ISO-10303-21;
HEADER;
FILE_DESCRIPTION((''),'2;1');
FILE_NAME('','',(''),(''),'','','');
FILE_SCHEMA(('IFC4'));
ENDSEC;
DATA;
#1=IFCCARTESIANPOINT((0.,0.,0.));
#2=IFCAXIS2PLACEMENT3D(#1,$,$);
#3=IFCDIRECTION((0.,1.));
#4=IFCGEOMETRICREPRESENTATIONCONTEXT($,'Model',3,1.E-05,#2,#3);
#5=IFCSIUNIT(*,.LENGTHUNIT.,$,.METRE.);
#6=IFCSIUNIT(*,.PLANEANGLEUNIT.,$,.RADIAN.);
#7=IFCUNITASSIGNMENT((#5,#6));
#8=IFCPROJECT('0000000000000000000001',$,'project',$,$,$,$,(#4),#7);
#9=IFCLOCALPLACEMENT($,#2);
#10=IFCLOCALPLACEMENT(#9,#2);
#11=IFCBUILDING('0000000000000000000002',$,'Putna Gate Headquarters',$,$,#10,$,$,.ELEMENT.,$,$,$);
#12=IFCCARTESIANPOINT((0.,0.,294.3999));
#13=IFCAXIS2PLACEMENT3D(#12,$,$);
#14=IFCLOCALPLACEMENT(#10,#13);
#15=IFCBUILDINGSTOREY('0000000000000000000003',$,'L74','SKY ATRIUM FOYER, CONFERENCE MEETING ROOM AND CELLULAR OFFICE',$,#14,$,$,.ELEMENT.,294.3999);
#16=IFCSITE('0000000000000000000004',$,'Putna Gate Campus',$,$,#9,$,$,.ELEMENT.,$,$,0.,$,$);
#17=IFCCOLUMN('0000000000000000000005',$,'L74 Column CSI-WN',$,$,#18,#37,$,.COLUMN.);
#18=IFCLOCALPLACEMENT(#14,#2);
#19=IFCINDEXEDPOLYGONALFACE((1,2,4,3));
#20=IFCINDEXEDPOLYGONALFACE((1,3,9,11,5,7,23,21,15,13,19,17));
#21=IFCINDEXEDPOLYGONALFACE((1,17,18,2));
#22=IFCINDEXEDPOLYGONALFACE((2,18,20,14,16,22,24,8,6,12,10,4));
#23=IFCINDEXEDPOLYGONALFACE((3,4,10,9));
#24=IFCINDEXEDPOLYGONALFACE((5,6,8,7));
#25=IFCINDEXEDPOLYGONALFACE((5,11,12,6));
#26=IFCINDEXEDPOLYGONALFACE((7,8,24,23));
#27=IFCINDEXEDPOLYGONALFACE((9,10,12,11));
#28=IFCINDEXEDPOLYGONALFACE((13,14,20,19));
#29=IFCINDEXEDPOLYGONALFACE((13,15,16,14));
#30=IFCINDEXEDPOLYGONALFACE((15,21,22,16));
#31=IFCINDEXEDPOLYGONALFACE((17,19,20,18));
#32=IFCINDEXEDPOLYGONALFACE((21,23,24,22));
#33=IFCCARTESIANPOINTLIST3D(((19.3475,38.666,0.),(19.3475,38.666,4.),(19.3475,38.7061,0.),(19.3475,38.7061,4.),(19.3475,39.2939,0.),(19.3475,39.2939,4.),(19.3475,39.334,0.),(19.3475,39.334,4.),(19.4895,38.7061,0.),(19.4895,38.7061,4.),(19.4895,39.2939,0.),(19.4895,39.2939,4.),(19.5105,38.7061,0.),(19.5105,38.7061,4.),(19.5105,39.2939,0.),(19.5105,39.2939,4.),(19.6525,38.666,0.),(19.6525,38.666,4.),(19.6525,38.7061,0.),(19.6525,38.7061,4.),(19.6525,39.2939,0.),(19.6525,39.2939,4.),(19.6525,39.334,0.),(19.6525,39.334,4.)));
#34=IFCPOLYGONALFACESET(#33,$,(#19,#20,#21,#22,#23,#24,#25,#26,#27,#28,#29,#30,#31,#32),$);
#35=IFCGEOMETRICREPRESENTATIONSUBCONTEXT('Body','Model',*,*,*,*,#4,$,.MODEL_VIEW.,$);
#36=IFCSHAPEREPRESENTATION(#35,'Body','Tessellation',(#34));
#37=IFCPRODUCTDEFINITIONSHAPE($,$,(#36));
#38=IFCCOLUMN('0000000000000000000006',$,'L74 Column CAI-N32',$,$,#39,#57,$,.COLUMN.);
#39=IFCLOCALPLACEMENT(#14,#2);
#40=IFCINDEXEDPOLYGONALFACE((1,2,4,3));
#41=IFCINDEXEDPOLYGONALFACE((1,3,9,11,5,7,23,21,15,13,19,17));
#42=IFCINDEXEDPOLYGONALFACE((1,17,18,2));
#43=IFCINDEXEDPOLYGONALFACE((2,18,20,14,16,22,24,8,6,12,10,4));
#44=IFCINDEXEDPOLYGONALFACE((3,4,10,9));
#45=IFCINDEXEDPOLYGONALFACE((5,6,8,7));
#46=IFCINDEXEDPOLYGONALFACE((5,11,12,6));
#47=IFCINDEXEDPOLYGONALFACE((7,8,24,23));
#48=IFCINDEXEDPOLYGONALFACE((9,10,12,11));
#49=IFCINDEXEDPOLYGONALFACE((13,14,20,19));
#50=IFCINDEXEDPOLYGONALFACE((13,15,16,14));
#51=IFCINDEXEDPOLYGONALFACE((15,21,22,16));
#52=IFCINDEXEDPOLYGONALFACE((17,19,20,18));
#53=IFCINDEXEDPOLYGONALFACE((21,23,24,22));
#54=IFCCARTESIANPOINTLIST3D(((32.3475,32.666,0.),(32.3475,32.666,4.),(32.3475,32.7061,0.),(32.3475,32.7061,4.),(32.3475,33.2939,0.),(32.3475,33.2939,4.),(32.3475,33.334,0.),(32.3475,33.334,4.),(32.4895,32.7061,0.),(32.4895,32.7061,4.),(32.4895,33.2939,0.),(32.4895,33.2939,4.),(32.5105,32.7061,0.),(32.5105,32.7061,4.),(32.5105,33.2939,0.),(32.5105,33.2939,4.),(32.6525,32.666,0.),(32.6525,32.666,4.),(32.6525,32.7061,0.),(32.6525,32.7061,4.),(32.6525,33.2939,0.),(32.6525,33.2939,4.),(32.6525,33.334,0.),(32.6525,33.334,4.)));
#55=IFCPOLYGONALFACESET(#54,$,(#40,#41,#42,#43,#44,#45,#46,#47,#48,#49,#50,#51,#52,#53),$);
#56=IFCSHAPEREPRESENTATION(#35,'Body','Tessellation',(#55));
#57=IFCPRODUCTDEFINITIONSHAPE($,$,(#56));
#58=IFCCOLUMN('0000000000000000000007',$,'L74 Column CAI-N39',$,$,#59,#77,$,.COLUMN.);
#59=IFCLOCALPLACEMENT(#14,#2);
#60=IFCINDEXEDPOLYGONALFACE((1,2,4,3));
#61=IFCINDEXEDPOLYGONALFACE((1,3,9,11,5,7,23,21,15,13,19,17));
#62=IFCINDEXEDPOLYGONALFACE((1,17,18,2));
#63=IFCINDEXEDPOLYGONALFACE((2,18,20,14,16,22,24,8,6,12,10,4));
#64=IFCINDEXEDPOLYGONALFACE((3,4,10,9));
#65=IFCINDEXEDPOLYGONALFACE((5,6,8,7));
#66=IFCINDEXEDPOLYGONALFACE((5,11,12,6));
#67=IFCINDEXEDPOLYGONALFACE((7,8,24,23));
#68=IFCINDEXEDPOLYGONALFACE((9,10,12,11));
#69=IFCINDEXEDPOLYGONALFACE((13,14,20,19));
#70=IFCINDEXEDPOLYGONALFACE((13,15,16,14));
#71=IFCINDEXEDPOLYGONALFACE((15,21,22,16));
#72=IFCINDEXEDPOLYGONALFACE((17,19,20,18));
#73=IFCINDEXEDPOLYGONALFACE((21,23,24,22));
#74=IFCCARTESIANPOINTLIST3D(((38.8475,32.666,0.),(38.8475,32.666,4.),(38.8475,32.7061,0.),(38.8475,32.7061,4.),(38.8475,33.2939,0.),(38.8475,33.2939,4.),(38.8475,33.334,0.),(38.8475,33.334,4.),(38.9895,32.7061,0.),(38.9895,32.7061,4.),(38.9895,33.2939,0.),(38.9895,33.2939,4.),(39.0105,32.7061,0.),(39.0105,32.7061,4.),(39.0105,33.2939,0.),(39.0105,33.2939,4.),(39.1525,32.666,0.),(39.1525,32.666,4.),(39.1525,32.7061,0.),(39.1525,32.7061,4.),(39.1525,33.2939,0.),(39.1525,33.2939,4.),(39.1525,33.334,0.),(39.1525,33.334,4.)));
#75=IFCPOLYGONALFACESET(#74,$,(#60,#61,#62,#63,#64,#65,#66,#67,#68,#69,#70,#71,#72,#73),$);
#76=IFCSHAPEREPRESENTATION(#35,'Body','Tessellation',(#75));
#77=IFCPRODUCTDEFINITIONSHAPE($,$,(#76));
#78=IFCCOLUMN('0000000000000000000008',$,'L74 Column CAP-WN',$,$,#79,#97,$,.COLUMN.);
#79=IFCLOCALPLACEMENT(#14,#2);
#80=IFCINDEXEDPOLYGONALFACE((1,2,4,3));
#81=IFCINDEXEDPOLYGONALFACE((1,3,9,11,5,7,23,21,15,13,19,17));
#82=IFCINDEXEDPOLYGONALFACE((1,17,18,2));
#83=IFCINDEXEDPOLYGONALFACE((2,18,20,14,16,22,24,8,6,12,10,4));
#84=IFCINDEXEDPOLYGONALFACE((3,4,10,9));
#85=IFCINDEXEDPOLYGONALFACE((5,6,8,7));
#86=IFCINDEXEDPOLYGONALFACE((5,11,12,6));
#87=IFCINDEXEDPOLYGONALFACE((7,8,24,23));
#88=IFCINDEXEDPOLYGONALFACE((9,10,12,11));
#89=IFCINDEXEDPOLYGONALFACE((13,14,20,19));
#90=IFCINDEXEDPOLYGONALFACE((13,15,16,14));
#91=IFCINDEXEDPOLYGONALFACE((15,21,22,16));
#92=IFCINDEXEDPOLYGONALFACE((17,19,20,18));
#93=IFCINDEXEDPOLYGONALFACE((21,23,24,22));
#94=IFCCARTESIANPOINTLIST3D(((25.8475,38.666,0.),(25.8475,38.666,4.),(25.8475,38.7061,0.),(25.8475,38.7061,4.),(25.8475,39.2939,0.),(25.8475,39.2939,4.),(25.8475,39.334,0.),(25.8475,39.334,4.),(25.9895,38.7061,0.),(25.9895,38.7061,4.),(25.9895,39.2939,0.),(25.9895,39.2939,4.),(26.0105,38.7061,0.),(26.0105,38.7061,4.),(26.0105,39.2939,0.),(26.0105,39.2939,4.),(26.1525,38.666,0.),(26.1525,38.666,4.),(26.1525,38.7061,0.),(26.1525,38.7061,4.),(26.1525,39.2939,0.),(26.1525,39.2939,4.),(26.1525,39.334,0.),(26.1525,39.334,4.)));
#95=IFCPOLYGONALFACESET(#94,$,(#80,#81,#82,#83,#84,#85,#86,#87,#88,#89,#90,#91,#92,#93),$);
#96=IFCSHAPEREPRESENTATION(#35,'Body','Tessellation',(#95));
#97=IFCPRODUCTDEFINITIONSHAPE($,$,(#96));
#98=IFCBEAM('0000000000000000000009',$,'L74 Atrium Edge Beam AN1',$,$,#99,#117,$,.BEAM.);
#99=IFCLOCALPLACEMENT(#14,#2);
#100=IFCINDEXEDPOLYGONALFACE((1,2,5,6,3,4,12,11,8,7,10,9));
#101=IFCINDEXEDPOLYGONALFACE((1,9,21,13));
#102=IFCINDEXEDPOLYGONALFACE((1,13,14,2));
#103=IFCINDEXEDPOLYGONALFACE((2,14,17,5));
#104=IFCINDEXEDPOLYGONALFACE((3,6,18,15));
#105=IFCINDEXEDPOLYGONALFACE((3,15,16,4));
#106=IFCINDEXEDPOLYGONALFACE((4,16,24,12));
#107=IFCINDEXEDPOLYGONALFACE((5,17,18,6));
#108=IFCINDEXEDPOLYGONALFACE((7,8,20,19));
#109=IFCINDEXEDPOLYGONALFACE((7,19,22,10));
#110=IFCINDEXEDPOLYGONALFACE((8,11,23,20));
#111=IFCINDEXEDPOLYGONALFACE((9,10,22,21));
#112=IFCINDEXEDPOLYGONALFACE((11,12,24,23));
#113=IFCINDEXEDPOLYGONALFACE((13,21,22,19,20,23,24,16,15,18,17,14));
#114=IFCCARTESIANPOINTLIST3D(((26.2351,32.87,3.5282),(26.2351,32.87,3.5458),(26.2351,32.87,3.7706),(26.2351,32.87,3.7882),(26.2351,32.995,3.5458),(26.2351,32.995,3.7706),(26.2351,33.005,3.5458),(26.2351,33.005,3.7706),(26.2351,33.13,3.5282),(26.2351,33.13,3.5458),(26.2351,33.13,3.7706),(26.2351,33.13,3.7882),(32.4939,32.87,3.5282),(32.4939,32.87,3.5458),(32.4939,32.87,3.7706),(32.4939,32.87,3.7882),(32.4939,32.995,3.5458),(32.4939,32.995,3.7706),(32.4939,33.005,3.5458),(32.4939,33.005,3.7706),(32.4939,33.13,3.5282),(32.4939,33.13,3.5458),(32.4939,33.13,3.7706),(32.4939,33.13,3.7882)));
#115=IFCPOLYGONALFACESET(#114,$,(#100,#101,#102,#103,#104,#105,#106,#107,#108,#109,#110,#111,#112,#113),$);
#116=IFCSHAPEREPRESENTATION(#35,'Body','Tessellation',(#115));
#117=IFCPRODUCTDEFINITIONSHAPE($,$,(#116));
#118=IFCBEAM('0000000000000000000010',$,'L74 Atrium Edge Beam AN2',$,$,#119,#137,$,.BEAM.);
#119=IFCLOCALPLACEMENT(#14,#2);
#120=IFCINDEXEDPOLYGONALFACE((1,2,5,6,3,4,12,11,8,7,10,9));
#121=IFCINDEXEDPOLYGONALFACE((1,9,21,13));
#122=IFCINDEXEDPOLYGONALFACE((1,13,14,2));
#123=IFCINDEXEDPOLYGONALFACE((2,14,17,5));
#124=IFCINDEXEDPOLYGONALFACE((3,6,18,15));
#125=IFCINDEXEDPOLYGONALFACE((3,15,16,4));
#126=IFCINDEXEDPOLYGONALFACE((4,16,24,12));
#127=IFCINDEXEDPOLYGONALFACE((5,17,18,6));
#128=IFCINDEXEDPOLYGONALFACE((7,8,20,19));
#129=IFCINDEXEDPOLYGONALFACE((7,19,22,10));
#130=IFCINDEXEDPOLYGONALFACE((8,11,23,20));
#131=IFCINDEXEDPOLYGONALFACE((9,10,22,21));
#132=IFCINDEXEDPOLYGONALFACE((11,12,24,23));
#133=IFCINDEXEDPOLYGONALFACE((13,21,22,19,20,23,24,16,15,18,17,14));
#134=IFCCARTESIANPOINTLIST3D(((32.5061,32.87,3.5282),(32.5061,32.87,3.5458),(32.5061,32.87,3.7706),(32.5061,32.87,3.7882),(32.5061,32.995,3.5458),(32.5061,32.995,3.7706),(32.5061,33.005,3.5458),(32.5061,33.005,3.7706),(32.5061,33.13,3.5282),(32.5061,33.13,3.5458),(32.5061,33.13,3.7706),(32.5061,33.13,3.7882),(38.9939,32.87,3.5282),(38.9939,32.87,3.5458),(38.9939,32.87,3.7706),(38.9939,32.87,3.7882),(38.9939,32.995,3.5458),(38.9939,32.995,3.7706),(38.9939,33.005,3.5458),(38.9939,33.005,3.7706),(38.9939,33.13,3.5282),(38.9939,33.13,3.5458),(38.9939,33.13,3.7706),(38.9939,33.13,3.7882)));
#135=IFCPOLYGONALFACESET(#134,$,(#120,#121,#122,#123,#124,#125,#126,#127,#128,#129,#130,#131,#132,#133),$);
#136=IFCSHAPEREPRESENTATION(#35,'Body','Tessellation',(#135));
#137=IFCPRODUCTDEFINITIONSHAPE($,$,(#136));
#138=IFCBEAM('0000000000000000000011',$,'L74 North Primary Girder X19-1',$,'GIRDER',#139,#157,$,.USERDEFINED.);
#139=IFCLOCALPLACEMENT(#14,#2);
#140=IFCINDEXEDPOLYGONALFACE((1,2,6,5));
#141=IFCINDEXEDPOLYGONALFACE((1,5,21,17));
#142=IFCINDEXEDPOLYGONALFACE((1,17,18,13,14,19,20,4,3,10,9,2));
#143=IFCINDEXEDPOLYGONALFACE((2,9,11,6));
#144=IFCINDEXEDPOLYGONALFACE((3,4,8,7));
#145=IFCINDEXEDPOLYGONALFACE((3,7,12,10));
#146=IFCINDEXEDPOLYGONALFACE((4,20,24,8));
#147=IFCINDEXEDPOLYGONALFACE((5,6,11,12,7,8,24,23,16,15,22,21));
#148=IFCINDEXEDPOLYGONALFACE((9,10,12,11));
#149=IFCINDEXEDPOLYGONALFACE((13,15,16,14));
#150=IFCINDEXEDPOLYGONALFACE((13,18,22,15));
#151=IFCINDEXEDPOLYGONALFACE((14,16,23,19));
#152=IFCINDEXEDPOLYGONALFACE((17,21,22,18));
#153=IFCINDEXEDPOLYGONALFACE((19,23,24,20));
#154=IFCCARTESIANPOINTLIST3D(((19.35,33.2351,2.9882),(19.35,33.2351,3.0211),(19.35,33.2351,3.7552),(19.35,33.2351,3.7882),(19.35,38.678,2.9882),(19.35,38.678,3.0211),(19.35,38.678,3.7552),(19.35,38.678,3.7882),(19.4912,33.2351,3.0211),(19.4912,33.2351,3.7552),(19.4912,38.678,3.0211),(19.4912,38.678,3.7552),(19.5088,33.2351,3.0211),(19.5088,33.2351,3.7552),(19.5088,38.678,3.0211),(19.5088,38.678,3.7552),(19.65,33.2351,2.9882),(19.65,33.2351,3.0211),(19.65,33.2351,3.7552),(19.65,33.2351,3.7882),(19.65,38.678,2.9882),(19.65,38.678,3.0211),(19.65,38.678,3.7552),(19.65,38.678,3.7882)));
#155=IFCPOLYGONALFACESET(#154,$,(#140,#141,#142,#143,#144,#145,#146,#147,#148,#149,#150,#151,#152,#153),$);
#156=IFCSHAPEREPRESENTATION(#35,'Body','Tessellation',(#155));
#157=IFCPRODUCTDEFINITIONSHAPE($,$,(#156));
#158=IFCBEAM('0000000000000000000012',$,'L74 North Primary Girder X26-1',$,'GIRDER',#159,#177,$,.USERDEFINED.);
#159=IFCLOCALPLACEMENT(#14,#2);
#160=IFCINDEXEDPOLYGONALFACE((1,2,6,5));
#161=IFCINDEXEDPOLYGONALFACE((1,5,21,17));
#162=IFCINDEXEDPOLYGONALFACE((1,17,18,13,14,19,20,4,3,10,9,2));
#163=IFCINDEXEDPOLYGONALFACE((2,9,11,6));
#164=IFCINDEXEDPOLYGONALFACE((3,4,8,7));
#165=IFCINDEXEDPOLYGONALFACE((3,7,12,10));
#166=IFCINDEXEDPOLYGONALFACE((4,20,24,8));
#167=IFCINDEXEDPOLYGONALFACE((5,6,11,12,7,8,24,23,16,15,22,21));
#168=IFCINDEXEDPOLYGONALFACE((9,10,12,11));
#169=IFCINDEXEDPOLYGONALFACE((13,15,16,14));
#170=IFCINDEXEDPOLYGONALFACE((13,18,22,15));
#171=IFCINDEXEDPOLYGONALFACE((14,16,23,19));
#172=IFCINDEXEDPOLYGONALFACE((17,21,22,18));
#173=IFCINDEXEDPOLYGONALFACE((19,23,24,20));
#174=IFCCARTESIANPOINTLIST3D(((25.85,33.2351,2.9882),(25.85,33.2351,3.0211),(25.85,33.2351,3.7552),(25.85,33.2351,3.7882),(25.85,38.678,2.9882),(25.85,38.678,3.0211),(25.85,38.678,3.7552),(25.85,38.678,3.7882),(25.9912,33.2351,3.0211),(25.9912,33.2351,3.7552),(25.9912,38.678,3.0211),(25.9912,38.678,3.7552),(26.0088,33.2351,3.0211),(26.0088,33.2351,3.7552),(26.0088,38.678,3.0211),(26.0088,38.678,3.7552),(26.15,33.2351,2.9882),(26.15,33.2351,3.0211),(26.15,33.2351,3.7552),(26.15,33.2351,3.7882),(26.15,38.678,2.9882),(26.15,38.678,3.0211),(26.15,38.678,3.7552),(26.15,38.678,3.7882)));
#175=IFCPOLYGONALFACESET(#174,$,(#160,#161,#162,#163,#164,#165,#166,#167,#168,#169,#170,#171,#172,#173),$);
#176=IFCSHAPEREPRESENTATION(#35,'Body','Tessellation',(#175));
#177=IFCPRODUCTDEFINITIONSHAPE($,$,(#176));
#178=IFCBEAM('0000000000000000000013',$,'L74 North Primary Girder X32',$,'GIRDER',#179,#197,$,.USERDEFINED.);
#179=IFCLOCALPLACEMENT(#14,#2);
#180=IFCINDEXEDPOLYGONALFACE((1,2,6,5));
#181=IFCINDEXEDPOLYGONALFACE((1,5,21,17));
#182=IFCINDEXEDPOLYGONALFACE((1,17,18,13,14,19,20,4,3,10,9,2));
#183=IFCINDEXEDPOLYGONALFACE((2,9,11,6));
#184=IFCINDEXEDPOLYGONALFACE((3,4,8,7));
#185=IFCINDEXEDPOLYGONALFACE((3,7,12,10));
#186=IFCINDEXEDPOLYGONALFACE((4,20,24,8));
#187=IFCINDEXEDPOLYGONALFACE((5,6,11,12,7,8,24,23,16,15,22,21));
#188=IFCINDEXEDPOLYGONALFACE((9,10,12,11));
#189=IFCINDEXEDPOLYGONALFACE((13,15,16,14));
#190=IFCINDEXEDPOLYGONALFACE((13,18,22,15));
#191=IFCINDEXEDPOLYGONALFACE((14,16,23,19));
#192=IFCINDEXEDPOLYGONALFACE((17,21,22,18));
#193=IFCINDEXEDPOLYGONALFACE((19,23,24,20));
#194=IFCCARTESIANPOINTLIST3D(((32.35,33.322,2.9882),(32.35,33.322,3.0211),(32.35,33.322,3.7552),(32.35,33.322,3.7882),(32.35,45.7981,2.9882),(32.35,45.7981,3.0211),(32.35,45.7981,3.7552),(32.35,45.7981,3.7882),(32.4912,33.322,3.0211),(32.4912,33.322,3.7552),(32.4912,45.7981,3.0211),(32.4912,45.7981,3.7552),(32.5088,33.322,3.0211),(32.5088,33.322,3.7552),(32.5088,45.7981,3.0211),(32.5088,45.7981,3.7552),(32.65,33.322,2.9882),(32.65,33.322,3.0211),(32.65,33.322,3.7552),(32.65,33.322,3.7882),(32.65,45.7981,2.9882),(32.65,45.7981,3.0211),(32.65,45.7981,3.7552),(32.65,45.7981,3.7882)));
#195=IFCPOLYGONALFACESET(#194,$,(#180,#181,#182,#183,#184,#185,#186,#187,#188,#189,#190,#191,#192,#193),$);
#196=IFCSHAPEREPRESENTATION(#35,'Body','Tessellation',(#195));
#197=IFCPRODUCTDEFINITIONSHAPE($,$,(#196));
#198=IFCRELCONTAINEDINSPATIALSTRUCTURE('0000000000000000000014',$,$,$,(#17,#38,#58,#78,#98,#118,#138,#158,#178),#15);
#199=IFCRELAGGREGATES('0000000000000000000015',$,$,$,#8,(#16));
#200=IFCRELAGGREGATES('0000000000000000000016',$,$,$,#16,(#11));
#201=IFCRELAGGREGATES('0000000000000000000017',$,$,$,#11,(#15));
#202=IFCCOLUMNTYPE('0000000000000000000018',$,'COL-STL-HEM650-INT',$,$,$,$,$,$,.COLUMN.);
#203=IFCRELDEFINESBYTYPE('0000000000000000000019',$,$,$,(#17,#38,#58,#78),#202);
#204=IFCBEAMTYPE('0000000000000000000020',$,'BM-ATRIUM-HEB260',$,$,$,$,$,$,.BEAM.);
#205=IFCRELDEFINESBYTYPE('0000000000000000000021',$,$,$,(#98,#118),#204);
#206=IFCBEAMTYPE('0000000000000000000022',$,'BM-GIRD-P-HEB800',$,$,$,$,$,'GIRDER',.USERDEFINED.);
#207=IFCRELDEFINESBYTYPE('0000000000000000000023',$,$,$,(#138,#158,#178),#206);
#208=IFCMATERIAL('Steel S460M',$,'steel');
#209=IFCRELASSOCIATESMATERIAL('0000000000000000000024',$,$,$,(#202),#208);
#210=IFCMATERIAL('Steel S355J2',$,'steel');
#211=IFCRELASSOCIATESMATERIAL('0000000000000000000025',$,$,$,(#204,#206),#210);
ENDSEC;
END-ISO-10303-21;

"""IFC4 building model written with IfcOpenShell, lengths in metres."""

from ifc_helpers import new_model, si_unit, direction, frame, origin, origin_2d, place, context, subcontext, project, spatial, i_section, extrude, material, material_profile, profile_set, type_object, element, save


model = new_model("IFC4")

# Units and contexts
model_context = context("Model", 3, precision=1e-05, world=origin(), true_north=direction((0.0, 1.0)))
body_context = subcontext(model_context, "Body", "Model", "MODEL_VIEW")
ifc_project = project(units=[si_unit("LENGTHUNIT", "METRE"), si_unit("PLANEANGLEUNIT", "RADIAN")], contexts=[model_context])

# Site, building, storey
site_placement = place(None, origin())
site = spatial("IfcSite", under=ifc_project, at=site_placement, Name="Putna Gate Campus", CompositionType="ELEMENT", RefElevation=0.0)
building_placement = place(site_placement, origin())
building = spatial("IfcBuilding", under=site, at=building_placement, Name="Putna Gate Headquarters", CompositionType="ELEMENT")
storey_placement = place(building_placement, frame((0.0, 0.0, 294.3999)))
storey = spatial("IfcBuildingStorey", under=building, at=storey_placement, Name="L74", Description="SKY ATRIUM FOYER, CONFERENCE MEETING ROOM AND CELLULAR OFFICE", CompositionType="ELEMENT", Elevation=294.3999)

# Columns
ifc_material_1 = material(Name="Steel S460M", Category="steel")
ifc_material_profile_1 = material_profile(ifc_material_1, i_section(OverallWidth=0.3049, OverallDepth=0.668, WebThickness=0.021, FlangeThickness=0.04, at=origin_2d()), Name="Steel S460M")
ifc_profile_set_1 = profile_set([ifc_material_profile_1], Name="Steel S460M")
column_type = type_object("IfcColumnType", Name="COL-STL-HEM650-INT", PredefinedType="COLUMN", material=ifc_profile_set_1)
for number, where, z_axis, x_axis, name in (
    (1, (19.5, 39.0, 0.0), (0.0, 0.0, 1.0), (1.0, 0.0, 0.0), "L74 Column CSI-WN"),
    (2, (32.5, 33.0, 0.0), (0.0, 0.0, 1.0), (1.0, 0.0, 0.0), "L74 Column CAI-N32"),
    (3, (39.0, 33.0, 0.0), (0.0, 0.0, 1.0), (1.0, 0.0, 0.0), "L74 Column CAI-N39"),
    (4, (26.0, 39.0, 0.0), (0.0, 0.0, 1.0), (1.0, 0.0, 0.0), "L74 Column CAP-WN"),
):
    element("IfcColumn", number, at=place(storey_placement, frame(where, z_axis=z_axis, x_axis=x_axis)), inside=storey, type_object=column_type, Name=name, PredefinedType="COLUMN", context=body_context, shape_type="SweptSolid", body=[
        extrude(i_section(OverallWidth=0.3049, OverallDepth=0.668, WebThickness=0.021, FlangeThickness=0.04, at=origin_2d()), origin(), (0.0, 0.0, 1.0), 4.0),
    ])

# Beams
ifc_material_2 = material(Name="Steel S355J2", Category="steel")
ifc_material_profile_2 = material_profile(ifc_material_2, i_section(OverallWidth=0.26, OverallDepth=0.26, WebThickness=0.01, FlangeThickness=0.0176, at=origin_2d()), Name="Steel S355J2")
ifc_profile_set_2 = profile_set([ifc_material_profile_2], Name="Steel S355J2")
beam_type_1 = type_object("IfcBeamType", Name="BM-ATRIUM-HEB260", PredefinedType="BEAM", material=ifc_profile_set_2)
beam_1_placement = place(storey_placement, frame((26.2351, 33.0, 3.6582), z_axis=(1.0, 0.0, 0.0), x_axis=(0.0, 1.0, 0.0)))
element("IfcBeam", 5, at=beam_1_placement, inside=storey, type_object=beam_type_1, Name="L74 Atrium Edge Beam AN1", PredefinedType="BEAM", context=body_context, shape_type="SweptSolid", body=[
    extrude(i_section(OverallWidth=0.26, OverallDepth=0.26, WebThickness=0.01, FlangeThickness=0.0176, at=origin_2d()), origin(), (0.0, 0.0, 1.0), 6.2588),
])
beam_2_placement = place(storey_placement, frame((32.5061, 33.0, 3.6582), z_axis=(1.0, 0.0, 0.0), x_axis=(0.0, 1.0, 0.0)))
element("IfcBeam", 6, at=beam_2_placement, inside=storey, type_object=beam_type_1, Name="L74 Atrium Edge Beam AN2", PredefinedType="BEAM", context=body_context, shape_type="SweptSolid", body=[
    extrude(i_section(OverallWidth=0.26, OverallDepth=0.26, WebThickness=0.01, FlangeThickness=0.0176, at=origin_2d()), origin(), (0.0, 0.0, 1.0), 6.4878),
])
ifc_material_profile_3 = material_profile(ifc_material_2, i_section(OverallWidth=0.3, OverallDepth=0.8, WebThickness=0.0176, FlangeThickness=0.033, at=origin_2d()), Name="Steel S355J2")
ifc_profile_set_3 = profile_set([ifc_material_profile_3], Name="Steel S355J2")
beam_type_2 = type_object("IfcBeamType", Name="BM-GIRD-P-HEB800", ElementType="GIRDER", PredefinedType="USERDEFINED", material=ifc_profile_set_3)
for number, where, z_axis, x_axis, name in (
    (7, (19.5, 33.2351, 3.3882), (0.0, 1.0, 0.0), (-1.0, 0.0, 0.0), "L74 North Primary Girder X19-1"),
    (8, (26.0, 33.2351, 3.3882), (0.0, 1.0, 0.0), (-1.0, 0.0, 0.0), "L74 North Primary Girder X26-1"),
):
    element("IfcBeam", number, at=place(storey_placement, frame(where, z_axis=z_axis, x_axis=x_axis)), inside=storey, type_object=beam_type_2, Name=name, ObjectType="GIRDER", PredefinedType="USERDEFINED", context=body_context, shape_type="SweptSolid", body=[
        extrude(i_section(OverallWidth=0.3, OverallDepth=0.8, WebThickness=0.0176, FlangeThickness=0.033, at=origin_2d()), origin(), (0.0, 0.0, 1.0), 5.4429),
    ])
beam_3_placement = place(storey_placement, frame((32.5, 33.322, 3.3882), z_axis=(0.0, 1.0, 0.0), x_axis=(-1.0, 0.0, 0.0)))
element("IfcBeam", 9, at=beam_3_placement, inside=storey, type_object=beam_type_2, Name="L74 North Primary Girder X32", ObjectType="GIRDER", PredefinedType="USERDEFINED", context=body_context, shape_type="SweptSolid", body=[
    extrude(i_section(OverallWidth=0.3, OverallDepth=0.8, WebThickness=0.0176, FlangeThickness=0.033, at=origin_2d()), origin(), (0.0, 0.0, 1.0), 12.4761),
])

save(model, "model.ifc")
